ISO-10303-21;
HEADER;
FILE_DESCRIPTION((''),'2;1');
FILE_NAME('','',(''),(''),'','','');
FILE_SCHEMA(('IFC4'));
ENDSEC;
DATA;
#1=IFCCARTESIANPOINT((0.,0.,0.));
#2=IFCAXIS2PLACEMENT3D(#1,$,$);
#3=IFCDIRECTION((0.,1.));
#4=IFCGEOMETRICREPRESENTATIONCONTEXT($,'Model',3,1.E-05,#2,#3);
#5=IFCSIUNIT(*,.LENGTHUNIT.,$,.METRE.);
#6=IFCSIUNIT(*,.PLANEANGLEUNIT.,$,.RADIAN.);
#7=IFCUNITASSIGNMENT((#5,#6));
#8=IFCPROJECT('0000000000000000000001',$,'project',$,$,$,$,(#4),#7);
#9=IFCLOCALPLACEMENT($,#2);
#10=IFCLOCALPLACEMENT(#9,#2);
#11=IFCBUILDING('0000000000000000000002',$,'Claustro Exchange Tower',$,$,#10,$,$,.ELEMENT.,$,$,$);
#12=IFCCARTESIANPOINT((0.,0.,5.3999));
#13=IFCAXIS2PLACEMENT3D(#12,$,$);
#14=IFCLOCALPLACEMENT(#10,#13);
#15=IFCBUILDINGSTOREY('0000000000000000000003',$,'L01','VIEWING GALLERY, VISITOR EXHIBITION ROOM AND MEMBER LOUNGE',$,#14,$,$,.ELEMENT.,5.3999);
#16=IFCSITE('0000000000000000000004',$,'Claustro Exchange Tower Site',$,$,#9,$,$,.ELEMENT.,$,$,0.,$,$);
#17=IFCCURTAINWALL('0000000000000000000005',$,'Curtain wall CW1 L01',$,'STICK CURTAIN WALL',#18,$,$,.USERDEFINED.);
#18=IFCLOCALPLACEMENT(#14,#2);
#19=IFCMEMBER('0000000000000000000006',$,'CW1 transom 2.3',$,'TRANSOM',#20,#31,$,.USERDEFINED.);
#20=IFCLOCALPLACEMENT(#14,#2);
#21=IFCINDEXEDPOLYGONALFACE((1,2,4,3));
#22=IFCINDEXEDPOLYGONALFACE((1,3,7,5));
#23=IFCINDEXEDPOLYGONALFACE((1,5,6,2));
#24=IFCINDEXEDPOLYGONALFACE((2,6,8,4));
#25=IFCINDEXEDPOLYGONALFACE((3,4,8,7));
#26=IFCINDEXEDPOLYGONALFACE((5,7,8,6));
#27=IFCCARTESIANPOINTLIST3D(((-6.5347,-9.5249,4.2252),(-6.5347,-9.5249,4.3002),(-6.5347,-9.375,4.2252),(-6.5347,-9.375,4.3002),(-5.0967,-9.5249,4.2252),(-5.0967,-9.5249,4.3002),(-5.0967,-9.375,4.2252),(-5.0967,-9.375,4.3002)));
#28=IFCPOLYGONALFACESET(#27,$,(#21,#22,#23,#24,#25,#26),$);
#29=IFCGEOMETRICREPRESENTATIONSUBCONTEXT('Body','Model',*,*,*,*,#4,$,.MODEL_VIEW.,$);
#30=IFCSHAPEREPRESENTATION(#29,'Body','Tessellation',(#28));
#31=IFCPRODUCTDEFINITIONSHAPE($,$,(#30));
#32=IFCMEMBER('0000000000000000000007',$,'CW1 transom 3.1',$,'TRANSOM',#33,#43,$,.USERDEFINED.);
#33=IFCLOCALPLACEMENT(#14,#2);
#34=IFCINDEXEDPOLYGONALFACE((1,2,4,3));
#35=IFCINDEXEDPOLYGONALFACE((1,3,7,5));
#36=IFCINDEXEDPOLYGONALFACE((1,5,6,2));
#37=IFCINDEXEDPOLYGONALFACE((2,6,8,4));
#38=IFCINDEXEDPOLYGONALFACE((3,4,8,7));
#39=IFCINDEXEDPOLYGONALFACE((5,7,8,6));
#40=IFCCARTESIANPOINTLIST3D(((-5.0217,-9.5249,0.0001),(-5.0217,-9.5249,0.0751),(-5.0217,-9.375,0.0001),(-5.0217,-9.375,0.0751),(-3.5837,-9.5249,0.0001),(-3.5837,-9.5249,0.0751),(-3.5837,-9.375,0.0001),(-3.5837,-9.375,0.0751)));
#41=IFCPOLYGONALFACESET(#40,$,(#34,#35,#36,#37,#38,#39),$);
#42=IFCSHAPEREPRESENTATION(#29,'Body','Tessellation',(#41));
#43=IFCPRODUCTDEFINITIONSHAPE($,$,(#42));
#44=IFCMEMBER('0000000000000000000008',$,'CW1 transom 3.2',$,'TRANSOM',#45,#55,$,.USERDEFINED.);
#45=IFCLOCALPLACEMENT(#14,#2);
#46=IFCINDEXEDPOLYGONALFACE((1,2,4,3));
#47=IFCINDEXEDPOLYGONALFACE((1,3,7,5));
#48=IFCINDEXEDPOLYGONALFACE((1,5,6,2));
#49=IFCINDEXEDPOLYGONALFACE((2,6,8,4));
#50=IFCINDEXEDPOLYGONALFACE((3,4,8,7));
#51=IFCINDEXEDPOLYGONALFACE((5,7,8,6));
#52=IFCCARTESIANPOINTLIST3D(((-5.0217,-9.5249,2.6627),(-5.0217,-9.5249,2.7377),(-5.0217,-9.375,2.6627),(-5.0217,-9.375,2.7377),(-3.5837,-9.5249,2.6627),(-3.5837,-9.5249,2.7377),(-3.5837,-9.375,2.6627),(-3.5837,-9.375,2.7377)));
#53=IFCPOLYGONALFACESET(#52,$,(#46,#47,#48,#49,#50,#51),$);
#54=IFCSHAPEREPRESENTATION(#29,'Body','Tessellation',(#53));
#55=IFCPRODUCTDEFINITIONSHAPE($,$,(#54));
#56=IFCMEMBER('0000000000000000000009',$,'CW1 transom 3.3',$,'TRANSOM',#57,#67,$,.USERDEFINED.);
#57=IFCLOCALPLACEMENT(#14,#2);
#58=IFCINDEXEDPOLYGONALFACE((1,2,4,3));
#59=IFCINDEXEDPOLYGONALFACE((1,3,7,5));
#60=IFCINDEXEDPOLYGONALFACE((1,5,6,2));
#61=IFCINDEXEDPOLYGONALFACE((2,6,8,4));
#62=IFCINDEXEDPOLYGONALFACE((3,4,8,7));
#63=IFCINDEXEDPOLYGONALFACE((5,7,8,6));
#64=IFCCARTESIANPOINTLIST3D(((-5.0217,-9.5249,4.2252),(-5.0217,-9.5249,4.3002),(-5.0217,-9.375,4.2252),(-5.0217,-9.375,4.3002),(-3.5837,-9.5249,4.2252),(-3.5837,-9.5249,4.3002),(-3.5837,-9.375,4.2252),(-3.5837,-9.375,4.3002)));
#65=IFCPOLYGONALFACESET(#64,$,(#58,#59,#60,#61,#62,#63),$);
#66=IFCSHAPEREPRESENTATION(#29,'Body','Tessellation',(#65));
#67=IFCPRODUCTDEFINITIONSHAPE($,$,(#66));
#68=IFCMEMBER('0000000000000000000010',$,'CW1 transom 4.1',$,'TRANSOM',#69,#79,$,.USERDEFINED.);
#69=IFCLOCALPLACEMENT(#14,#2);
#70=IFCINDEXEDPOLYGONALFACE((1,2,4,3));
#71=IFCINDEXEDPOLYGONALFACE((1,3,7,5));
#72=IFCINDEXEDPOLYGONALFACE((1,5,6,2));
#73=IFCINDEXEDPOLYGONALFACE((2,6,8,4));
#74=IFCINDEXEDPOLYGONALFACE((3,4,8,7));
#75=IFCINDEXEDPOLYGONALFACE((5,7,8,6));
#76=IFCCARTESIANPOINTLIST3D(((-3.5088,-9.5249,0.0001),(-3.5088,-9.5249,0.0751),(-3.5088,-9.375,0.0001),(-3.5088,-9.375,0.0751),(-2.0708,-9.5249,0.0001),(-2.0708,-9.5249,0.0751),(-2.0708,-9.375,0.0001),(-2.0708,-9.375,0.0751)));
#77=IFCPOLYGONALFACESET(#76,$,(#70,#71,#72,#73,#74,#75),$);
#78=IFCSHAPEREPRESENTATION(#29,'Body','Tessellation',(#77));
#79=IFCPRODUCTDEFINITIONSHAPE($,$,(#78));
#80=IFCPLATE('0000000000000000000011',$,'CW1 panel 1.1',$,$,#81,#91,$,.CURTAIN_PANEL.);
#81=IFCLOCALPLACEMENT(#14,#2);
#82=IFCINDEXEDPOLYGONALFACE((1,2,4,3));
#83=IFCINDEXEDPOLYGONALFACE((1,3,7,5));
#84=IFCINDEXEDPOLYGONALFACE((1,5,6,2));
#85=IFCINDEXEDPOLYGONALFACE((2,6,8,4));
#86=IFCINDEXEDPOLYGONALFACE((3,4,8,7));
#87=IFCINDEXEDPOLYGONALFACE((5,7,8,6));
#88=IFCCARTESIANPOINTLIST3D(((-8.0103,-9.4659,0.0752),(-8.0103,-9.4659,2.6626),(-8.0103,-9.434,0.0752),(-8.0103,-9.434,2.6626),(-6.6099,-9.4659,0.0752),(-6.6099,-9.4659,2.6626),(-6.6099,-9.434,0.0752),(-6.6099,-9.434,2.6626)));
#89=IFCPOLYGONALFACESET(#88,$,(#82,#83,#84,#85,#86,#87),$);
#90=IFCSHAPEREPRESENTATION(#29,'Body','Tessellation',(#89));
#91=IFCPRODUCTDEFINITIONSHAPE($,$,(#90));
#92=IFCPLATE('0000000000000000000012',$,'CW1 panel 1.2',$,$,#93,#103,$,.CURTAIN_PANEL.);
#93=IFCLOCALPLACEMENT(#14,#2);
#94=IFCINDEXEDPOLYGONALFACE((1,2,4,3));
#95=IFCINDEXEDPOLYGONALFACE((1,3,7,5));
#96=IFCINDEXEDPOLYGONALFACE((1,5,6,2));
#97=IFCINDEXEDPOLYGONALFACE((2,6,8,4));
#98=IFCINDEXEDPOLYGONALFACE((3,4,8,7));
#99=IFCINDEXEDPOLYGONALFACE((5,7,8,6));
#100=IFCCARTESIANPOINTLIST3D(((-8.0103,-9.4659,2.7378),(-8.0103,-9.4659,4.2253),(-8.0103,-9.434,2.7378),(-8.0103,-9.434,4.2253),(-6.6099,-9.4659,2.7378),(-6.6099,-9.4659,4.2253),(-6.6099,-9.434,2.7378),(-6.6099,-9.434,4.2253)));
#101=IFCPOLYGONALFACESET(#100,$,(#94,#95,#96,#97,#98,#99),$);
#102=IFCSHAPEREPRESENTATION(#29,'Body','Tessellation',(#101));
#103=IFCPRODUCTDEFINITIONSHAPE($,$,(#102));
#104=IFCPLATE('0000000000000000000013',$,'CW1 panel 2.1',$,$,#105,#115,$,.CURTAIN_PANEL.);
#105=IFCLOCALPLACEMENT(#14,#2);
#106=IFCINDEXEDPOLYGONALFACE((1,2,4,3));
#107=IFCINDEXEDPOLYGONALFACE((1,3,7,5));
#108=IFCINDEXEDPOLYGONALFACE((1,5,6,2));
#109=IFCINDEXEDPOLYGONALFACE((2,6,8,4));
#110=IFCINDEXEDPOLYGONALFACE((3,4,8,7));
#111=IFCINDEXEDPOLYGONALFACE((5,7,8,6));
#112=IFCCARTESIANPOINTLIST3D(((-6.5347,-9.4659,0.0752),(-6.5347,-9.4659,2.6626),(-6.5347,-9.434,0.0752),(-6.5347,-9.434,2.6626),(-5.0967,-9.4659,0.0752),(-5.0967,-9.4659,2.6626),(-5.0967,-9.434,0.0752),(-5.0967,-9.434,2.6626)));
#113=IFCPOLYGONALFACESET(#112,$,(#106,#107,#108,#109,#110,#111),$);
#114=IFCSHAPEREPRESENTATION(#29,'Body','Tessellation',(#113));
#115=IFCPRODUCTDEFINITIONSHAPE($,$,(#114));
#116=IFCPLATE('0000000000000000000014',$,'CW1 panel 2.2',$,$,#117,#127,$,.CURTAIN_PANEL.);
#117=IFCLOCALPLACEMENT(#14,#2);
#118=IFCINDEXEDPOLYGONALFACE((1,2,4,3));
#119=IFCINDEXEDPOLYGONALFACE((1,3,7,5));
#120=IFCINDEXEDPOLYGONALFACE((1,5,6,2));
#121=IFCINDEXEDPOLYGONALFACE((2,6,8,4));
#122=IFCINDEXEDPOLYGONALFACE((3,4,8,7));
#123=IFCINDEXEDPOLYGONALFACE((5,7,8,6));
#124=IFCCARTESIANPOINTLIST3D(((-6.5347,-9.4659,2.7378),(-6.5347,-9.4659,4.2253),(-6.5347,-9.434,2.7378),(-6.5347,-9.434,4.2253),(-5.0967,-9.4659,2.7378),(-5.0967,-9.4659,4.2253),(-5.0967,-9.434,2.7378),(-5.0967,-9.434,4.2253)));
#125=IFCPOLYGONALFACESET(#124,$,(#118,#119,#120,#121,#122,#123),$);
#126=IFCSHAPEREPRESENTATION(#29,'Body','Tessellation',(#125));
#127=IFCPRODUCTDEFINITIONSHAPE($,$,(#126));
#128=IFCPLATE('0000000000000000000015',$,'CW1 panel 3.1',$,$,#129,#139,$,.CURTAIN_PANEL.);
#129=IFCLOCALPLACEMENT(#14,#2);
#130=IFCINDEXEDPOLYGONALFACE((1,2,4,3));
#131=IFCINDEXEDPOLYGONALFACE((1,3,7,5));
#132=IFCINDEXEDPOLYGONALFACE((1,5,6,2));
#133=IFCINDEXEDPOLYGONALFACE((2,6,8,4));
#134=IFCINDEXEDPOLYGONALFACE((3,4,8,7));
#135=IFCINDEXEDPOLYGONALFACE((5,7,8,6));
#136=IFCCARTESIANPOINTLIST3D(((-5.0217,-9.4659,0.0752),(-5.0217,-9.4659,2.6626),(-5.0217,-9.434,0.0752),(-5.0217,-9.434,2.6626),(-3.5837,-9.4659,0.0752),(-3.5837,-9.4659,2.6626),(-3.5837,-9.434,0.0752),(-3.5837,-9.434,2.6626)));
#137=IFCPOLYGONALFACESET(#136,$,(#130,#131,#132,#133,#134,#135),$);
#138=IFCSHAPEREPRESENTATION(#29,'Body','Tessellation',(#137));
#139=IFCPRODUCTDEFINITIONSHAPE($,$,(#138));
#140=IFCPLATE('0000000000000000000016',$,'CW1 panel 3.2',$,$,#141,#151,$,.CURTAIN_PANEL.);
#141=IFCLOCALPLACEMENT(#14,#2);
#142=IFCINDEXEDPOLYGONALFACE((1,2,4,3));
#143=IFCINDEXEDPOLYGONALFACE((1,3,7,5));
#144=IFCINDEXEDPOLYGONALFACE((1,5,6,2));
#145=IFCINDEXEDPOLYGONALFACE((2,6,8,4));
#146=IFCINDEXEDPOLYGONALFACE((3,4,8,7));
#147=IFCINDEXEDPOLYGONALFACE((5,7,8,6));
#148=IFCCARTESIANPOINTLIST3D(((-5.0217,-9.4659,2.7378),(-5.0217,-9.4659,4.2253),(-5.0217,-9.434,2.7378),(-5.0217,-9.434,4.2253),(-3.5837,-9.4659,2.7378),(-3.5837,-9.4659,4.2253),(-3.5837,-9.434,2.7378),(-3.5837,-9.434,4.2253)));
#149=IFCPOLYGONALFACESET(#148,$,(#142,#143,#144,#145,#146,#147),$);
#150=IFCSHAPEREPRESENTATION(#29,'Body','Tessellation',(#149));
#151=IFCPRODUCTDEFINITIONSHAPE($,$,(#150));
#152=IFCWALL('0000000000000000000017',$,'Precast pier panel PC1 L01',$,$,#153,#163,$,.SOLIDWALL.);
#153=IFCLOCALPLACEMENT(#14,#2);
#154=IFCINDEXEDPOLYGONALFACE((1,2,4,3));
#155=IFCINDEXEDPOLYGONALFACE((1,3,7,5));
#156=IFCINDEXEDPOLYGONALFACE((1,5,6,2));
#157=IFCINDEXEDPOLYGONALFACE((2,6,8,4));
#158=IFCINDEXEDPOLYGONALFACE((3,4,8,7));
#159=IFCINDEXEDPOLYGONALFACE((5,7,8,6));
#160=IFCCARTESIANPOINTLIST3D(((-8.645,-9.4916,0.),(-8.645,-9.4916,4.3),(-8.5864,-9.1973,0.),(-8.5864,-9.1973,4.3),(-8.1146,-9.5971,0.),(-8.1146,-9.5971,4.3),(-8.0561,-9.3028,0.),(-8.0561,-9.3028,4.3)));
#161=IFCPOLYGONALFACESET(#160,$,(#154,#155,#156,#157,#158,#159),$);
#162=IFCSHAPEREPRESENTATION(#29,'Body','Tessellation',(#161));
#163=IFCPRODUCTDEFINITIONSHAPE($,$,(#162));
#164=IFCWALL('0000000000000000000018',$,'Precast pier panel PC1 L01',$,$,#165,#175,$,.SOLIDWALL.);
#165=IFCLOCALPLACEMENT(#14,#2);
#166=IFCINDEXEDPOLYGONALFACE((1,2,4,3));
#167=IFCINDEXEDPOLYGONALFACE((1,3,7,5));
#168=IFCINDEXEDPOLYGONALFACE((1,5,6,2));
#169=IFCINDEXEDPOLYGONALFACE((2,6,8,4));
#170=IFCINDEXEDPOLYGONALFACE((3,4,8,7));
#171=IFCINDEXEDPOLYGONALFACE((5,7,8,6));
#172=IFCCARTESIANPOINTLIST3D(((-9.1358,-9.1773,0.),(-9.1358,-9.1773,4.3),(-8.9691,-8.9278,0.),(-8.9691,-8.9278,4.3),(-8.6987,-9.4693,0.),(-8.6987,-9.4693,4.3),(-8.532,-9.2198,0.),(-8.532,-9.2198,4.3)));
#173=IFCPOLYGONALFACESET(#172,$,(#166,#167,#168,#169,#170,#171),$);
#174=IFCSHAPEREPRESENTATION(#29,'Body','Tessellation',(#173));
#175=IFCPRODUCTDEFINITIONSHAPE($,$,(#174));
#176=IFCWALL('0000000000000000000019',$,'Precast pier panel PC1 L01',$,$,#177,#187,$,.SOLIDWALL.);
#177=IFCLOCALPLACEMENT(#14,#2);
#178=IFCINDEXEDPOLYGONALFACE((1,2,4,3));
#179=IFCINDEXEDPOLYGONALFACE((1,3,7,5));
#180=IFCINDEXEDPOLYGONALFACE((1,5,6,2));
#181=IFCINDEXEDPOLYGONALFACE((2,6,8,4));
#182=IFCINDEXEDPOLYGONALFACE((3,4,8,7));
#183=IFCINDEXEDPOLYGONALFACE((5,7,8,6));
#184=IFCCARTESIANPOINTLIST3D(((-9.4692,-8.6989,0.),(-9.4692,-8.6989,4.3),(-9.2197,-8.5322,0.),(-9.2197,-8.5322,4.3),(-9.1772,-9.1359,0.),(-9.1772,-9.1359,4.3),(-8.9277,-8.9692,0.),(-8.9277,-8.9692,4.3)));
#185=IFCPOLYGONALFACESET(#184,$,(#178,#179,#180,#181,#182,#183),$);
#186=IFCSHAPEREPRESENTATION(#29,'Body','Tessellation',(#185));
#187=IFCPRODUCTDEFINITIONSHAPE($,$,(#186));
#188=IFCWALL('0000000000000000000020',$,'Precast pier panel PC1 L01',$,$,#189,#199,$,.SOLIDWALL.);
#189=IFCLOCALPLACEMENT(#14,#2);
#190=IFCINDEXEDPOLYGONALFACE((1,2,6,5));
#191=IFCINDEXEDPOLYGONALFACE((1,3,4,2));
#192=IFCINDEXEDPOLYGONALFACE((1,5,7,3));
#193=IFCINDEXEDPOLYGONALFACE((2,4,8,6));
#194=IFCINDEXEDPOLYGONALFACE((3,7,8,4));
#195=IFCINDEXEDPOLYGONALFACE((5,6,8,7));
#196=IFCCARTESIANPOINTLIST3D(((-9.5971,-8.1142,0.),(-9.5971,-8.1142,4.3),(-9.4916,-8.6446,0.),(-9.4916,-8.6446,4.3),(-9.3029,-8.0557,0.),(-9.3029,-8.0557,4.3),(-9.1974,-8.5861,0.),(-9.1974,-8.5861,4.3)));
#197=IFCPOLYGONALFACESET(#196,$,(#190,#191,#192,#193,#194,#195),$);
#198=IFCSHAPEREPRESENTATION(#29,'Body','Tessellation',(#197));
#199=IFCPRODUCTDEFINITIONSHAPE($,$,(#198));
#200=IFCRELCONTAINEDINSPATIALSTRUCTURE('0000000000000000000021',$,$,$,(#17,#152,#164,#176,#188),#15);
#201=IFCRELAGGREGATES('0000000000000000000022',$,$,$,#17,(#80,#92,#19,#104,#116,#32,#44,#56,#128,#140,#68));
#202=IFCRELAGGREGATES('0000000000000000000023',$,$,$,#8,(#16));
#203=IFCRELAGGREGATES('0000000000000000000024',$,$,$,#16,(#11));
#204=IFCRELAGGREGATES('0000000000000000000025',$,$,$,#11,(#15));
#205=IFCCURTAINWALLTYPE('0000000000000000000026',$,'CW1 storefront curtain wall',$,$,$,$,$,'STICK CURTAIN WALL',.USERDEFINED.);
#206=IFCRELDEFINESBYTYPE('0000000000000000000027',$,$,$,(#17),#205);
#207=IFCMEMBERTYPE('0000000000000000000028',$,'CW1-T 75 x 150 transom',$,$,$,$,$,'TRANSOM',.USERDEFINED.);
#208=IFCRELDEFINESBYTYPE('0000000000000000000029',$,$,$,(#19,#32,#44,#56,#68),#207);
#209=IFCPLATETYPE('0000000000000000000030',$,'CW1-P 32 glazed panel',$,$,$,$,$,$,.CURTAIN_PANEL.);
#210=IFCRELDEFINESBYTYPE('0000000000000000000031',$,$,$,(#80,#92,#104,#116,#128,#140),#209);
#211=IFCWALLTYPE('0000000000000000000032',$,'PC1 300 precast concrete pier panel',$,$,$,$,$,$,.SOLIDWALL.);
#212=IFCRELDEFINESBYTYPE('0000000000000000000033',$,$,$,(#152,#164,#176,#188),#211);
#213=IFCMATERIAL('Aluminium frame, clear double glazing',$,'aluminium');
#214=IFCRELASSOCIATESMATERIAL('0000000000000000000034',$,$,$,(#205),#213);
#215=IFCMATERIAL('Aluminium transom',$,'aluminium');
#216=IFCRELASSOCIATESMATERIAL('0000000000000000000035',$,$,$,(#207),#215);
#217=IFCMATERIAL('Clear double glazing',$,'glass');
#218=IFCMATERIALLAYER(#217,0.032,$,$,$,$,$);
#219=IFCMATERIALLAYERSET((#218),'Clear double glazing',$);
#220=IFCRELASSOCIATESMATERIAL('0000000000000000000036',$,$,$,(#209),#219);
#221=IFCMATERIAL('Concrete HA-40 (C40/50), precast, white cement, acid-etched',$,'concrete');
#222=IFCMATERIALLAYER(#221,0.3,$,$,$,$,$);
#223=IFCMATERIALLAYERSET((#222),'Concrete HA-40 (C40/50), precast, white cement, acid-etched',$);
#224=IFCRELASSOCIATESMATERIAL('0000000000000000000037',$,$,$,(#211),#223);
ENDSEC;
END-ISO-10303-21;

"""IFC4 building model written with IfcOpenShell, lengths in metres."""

from ifc_helpers import new_model, si_unit, direction, frame, frame_2d, origin, origin_2d, place, context, subcontext, project, spatial, rectangle, extrude, material, layer, layer_set, material_profile, profile_set, type_object, element, aggregate, save


model = new_model("IFC4")

# Units and contexts
model_context = context("Model", 3, precision=1e-05, world=origin(), true_north=direction((0.0, 1.0)))
body_context = subcontext(model_context, "Body", "Model", "MODEL_VIEW")
ifc_project = project(units=[si_unit("LENGTHUNIT", "METRE"), si_unit("PLANEANGLEUNIT", "RADIAN")], contexts=[model_context])

# Site, building, storey
site_placement = place(None, origin())
site = spatial("IfcSite", under=ifc_project, at=site_placement, Name="Claustro Exchange Tower Site", CompositionType="ELEMENT", RefElevation=0.0)
building_placement = place(site_placement, origin())
building = spatial("IfcBuilding", under=site, at=building_placement, Name="Claustro Exchange Tower", CompositionType="ELEMENT")
storey_placement = place(building_placement, frame((0.0, 0.0, 5.3999)))
storey = spatial("IfcBuildingStorey", under=building, at=storey_placement, Name="L01", Description="VIEWING GALLERY, VISITOR EXHIBITION ROOM AND MEMBER LOUNGE", CompositionType="ELEMENT", Elevation=5.3999)

# Curtain wall, members, plates
ifc_material_1 = material(Name="Aluminium frame, clear double glazing", Category="aluminium")
curtain_wall_type = type_object("IfcCurtainWallType", Name="CW1 storefront curtain wall", ElementType="STICK CURTAIN WALL", PredefinedType="USERDEFINED", material=ifc_material_1)
curtain_wall_placement = place(storey_placement, origin())
curtain_wall = element("IfcCurtainWall", 1, at=curtain_wall_placement, inside=storey, type_object=curtain_wall_type, Name="Curtain wall CW1 L01", ObjectType="STICK CURTAIN WALL", PredefinedType="USERDEFINED")
ifc_material_2 = material(Name="Aluminium transom", Category="aluminium")
ifc_material_profile_1 = material_profile(ifc_material_2, rectangle(XDim=0.1499, YDim=0.075, at=origin_2d()), Name="CW1-T 75x150")
ifc_profile_set_1 = profile_set([ifc_material_profile_1], Name="Aluminium transom")
member_type_1 = type_object("IfcMemberType", Name="CW1-T 75 x 150 transom", ElementType="TRANSOM", PredefinedType="USERDEFINED", material=ifc_profile_set_1)
member_1_placement = place(storey_placement, frame((-6.5347, -9.45, 4.2627), z_axis=(1.0, 0.0, 0.0), x_axis=(0.0, 1.0, 0.0)))
member_1 = element("IfcMember", 2, at=member_1_placement, type_object=member_type_1, Name="CW1 transom 2.3", ObjectType="TRANSOM", PredefinedType="USERDEFINED", context=body_context, shape_type="SweptSolid", body=[
    extrude(rectangle(XDim=0.1499, YDim=0.075, at=origin_2d()), origin(), (0.0, 0.0, 1.0), 1.438),
])
member_2_placement = place(storey_placement, frame((-5.0217, -9.45, 0.0376), z_axis=(1.0, 0.0, 0.0), x_axis=(0.0, 1.0, 0.0)))
member_2 = element("IfcMember", 3, at=member_2_placement, type_object=member_type_1, Name="CW1 transom 3.1", ObjectType="TRANSOM", PredefinedType="USERDEFINED", context=body_context, shape_type="SweptSolid", body=[
    extrude(rectangle(XDim=0.1499, YDim=0.075, at=origin_2d()), origin(), (0.0, 0.0, 1.0), 1.438),
])
member_3_placement = place(storey_placement, frame((-5.0217, -9.45, 2.7002), z_axis=(1.0, 0.0, 0.0), x_axis=(0.0, 1.0, 0.0)))
member_3 = element("IfcMember", 4, at=member_3_placement, type_object=member_type_1, Name="CW1 transom 3.2", ObjectType="TRANSOM", PredefinedType="USERDEFINED", context=body_context, shape_type="SweptSolid", body=[
    extrude(rectangle(XDim=0.1499, YDim=0.075, at=origin_2d()), origin(), (0.0, 0.0, 1.0), 1.438),
])
member_4_placement = place(storey_placement, frame((-5.0217, -9.45, 4.2627), z_axis=(1.0, 0.0, 0.0), x_axis=(0.0, 1.0, 0.0)))
member_4 = element("IfcMember", 5, at=member_4_placement, type_object=member_type_1, Name="CW1 transom 3.3", ObjectType="TRANSOM", PredefinedType="USERDEFINED", context=body_context, shape_type="SweptSolid", body=[
    extrude(rectangle(XDim=0.1499, YDim=0.075, at=origin_2d()), origin(), (0.0, 0.0, 1.0), 1.438),
])
member_5_placement = place(storey_placement, frame((-3.5088, -9.45, 0.0376), z_axis=(1.0, 0.0, 0.0), x_axis=(0.0, 1.0, 0.0)))
member_5 = element("IfcMember", 6, at=member_5_placement, type_object=member_type_1, Name="CW1 transom 4.1", ObjectType="TRANSOM", PredefinedType="USERDEFINED", context=body_context, shape_type="SweptSolid", body=[
    extrude(rectangle(XDim=0.1499, YDim=0.075, at=origin_2d()), origin(), (0.0, 0.0, 1.0), 1.438),
])
ifc_material_3 = material(Name="Clear double glazing", Category="glass")
ifc_layer_1 = layer(ifc_material_3, 0.032)
ifc_layer_set_1 = layer_set([ifc_layer_1], Name="Clear double glazing")
plate_type = type_object("IfcPlateType", Name="CW1-P 32 glazed panel", PredefinedType="CURTAIN_PANEL", material=ifc_layer_set_1)
plate_1_placement = place(storey_placement, frame((-7.3101, -9.45, 0.0752), z_axis=(0.0, 0.0, 1.0), x_axis=(1.0, 0.0, 0.0)))
plate_1 = element("IfcPlate", 7, at=plate_1_placement, type_object=plate_type, Name="CW1 panel 1.1", PredefinedType="CURTAIN_PANEL", context=body_context, shape_type="SweptSolid", body=[
    extrude(rectangle(XDim=1.4004, YDim=0.032, at=origin_2d()), origin(), (0.0, 0.0, 1.0), 2.5874),
])
plate_2_placement = place(storey_placement, frame((-7.3101, -9.45, 2.7378), z_axis=(0.0, 0.0, 1.0), x_axis=(1.0, 0.0, 0.0)))
plate_2 = element("IfcPlate", 8, at=plate_2_placement, type_object=plate_type, Name="CW1 panel 1.2", PredefinedType="CURTAIN_PANEL", context=body_context, shape_type="SweptSolid", body=[
    extrude(rectangle(XDim=1.4004, YDim=0.032, at=origin_2d()), origin(), (0.0, 0.0, 1.0), 1.4875),
])
plate_3_placement = place(storey_placement, frame((-5.8157, -9.45, 0.0752), z_axis=(0.0, 0.0, 1.0), x_axis=(1.0, 0.0, 0.0)))
plate_3 = element("IfcPlate", 9, at=plate_3_placement, type_object=plate_type, Name="CW1 panel 2.1", PredefinedType="CURTAIN_PANEL", context=body_context, shape_type="SweptSolid", body=[
    extrude(rectangle(XDim=1.438, YDim=0.032, at=origin_2d()), origin(), (0.0, 0.0, 1.0), 2.5874),
])
plate_4_placement = place(storey_placement, frame((-5.8157, -9.45, 2.7378), z_axis=(0.0, 0.0, 1.0), x_axis=(1.0, 0.0, 0.0)))
plate_4 = element("IfcPlate", 10, at=plate_4_placement, type_object=plate_type, Name="CW1 panel 2.2", PredefinedType="CURTAIN_PANEL", context=body_context, shape_type="SweptSolid", body=[
    extrude(rectangle(XDim=1.438, YDim=0.032, at=origin_2d()), origin(), (0.0, 0.0, 1.0), 1.4875),
])
plate_5_placement = place(storey_placement, frame((-4.3027, -9.45, 0.0752), z_axis=(0.0, 0.0, 1.0), x_axis=(1.0, 0.0, 0.0)))
plate_5 = element("IfcPlate", 11, at=plate_5_placement, type_object=plate_type, Name="CW1 panel 3.1", PredefinedType="CURTAIN_PANEL", context=body_context, shape_type="SweptSolid", body=[
    extrude(rectangle(XDim=1.438, YDim=0.032, at=origin_2d()), origin(), (0.0, 0.0, 1.0), 2.5874),
])
plate_6_placement = place(storey_placement, frame((-4.3027, -9.45, 2.7378), z_axis=(0.0, 0.0, 1.0), x_axis=(1.0, 0.0, 0.0)))
plate_6 = element("IfcPlate", 12, at=plate_6_placement, type_object=plate_type, Name="CW1 panel 3.2", PredefinedType="CURTAIN_PANEL", context=body_context, shape_type="SweptSolid", body=[
    extrude(rectangle(XDim=1.438, YDim=0.032, at=origin_2d()), origin(), (0.0, 0.0, 1.0), 1.4875),
])
aggregate(curtain_wall, [plate_1, plate_2, member_1, plate_3, plate_4, member_2, member_3, member_4, plate_5, plate_6, member_5])

# Walls
ifc_material_4 = material(Name="Concrete HA-40 (C40/50), precast, white cement, acid-etched", Category="concrete")
ifc_layer_2 = layer(ifc_material_4, 0.3)
ifc_layer_set_2 = layer_set([ifc_layer_2], Name="Concrete HA-40 (C40/50), precast, white cement, acid-etched")
wall_type_1 = type_object("IfcWallType", Name="PC1 300 precast concrete pier panel", PredefinedType="SOLIDWALL", material=ifc_layer_set_2)
wall_1_placement = place(storey_placement, frame((-8.0852, -9.45, 0.0), z_axis=(0.0, 0.0, 1.0), x_axis=(-0.980789, 0.195074, 0.0)))
element("IfcWall", 13, at=wall_1_placement, inside=storey, type_object=wall_type_1, Name="Precast pier panel PC1 L01", PredefinedType="SOLIDWALL", context=body_context, shape_type="SweptSolid", body=[
    extrude(rectangle(XDim=0.5408, YDim=0.3, at=frame_2d((0.2705, 0.0))), origin(), (0.0, 0.0, 1.0), 4.3),
])
for number, where, z_axis, x_axis, name in (
    (14, (-8.6155, -9.3445, 0.0), (0.0, 0.0, 1.0), (-0.831478, 0.555557, 0.0), "Precast pier panel PC1 L01"),
    (15, (-9.0525, -9.0525, 0.0), (0.0, 0.0, 1.0), (-0.555557, 0.831478, 0.0), "Precast pier panel PC1 L01"),
):
    element("IfcWall", number, at=place(storey_placement, frame(where, z_axis=z_axis, x_axis=x_axis)), inside=storey, type_object=wall_type_1, Name=name, PredefinedType="SOLIDWALL", context=body_context, shape_type="SweptSolid", body=[
        extrude(rectangle(XDim=0.5256, YDim=0.3, at=frame_2d((0.2627, 0.0))), origin(), (0.0, 0.0, 1.0), 4.3),
    ])
wall_2_placement = place(storey_placement, frame((-9.3445, -8.6155, 0.0), z_axis=(0.0, 0.0, 1.0), x_axis=(-0.195074, 0.980789, 0.0)))
element("IfcWall", 16, at=wall_2_placement, inside=storey, type_object=wall_type_1, Name="Precast pier panel PC1 L01", PredefinedType="SOLIDWALL", context=body_context, shape_type="SweptSolid", body=[
    extrude(rectangle(XDim=0.5408, YDim=0.3, at=frame_2d((0.2705, 0.0))), origin(), (0.0, 0.0, 1.0), 4.3),
])

save(model, "model.ifc")
